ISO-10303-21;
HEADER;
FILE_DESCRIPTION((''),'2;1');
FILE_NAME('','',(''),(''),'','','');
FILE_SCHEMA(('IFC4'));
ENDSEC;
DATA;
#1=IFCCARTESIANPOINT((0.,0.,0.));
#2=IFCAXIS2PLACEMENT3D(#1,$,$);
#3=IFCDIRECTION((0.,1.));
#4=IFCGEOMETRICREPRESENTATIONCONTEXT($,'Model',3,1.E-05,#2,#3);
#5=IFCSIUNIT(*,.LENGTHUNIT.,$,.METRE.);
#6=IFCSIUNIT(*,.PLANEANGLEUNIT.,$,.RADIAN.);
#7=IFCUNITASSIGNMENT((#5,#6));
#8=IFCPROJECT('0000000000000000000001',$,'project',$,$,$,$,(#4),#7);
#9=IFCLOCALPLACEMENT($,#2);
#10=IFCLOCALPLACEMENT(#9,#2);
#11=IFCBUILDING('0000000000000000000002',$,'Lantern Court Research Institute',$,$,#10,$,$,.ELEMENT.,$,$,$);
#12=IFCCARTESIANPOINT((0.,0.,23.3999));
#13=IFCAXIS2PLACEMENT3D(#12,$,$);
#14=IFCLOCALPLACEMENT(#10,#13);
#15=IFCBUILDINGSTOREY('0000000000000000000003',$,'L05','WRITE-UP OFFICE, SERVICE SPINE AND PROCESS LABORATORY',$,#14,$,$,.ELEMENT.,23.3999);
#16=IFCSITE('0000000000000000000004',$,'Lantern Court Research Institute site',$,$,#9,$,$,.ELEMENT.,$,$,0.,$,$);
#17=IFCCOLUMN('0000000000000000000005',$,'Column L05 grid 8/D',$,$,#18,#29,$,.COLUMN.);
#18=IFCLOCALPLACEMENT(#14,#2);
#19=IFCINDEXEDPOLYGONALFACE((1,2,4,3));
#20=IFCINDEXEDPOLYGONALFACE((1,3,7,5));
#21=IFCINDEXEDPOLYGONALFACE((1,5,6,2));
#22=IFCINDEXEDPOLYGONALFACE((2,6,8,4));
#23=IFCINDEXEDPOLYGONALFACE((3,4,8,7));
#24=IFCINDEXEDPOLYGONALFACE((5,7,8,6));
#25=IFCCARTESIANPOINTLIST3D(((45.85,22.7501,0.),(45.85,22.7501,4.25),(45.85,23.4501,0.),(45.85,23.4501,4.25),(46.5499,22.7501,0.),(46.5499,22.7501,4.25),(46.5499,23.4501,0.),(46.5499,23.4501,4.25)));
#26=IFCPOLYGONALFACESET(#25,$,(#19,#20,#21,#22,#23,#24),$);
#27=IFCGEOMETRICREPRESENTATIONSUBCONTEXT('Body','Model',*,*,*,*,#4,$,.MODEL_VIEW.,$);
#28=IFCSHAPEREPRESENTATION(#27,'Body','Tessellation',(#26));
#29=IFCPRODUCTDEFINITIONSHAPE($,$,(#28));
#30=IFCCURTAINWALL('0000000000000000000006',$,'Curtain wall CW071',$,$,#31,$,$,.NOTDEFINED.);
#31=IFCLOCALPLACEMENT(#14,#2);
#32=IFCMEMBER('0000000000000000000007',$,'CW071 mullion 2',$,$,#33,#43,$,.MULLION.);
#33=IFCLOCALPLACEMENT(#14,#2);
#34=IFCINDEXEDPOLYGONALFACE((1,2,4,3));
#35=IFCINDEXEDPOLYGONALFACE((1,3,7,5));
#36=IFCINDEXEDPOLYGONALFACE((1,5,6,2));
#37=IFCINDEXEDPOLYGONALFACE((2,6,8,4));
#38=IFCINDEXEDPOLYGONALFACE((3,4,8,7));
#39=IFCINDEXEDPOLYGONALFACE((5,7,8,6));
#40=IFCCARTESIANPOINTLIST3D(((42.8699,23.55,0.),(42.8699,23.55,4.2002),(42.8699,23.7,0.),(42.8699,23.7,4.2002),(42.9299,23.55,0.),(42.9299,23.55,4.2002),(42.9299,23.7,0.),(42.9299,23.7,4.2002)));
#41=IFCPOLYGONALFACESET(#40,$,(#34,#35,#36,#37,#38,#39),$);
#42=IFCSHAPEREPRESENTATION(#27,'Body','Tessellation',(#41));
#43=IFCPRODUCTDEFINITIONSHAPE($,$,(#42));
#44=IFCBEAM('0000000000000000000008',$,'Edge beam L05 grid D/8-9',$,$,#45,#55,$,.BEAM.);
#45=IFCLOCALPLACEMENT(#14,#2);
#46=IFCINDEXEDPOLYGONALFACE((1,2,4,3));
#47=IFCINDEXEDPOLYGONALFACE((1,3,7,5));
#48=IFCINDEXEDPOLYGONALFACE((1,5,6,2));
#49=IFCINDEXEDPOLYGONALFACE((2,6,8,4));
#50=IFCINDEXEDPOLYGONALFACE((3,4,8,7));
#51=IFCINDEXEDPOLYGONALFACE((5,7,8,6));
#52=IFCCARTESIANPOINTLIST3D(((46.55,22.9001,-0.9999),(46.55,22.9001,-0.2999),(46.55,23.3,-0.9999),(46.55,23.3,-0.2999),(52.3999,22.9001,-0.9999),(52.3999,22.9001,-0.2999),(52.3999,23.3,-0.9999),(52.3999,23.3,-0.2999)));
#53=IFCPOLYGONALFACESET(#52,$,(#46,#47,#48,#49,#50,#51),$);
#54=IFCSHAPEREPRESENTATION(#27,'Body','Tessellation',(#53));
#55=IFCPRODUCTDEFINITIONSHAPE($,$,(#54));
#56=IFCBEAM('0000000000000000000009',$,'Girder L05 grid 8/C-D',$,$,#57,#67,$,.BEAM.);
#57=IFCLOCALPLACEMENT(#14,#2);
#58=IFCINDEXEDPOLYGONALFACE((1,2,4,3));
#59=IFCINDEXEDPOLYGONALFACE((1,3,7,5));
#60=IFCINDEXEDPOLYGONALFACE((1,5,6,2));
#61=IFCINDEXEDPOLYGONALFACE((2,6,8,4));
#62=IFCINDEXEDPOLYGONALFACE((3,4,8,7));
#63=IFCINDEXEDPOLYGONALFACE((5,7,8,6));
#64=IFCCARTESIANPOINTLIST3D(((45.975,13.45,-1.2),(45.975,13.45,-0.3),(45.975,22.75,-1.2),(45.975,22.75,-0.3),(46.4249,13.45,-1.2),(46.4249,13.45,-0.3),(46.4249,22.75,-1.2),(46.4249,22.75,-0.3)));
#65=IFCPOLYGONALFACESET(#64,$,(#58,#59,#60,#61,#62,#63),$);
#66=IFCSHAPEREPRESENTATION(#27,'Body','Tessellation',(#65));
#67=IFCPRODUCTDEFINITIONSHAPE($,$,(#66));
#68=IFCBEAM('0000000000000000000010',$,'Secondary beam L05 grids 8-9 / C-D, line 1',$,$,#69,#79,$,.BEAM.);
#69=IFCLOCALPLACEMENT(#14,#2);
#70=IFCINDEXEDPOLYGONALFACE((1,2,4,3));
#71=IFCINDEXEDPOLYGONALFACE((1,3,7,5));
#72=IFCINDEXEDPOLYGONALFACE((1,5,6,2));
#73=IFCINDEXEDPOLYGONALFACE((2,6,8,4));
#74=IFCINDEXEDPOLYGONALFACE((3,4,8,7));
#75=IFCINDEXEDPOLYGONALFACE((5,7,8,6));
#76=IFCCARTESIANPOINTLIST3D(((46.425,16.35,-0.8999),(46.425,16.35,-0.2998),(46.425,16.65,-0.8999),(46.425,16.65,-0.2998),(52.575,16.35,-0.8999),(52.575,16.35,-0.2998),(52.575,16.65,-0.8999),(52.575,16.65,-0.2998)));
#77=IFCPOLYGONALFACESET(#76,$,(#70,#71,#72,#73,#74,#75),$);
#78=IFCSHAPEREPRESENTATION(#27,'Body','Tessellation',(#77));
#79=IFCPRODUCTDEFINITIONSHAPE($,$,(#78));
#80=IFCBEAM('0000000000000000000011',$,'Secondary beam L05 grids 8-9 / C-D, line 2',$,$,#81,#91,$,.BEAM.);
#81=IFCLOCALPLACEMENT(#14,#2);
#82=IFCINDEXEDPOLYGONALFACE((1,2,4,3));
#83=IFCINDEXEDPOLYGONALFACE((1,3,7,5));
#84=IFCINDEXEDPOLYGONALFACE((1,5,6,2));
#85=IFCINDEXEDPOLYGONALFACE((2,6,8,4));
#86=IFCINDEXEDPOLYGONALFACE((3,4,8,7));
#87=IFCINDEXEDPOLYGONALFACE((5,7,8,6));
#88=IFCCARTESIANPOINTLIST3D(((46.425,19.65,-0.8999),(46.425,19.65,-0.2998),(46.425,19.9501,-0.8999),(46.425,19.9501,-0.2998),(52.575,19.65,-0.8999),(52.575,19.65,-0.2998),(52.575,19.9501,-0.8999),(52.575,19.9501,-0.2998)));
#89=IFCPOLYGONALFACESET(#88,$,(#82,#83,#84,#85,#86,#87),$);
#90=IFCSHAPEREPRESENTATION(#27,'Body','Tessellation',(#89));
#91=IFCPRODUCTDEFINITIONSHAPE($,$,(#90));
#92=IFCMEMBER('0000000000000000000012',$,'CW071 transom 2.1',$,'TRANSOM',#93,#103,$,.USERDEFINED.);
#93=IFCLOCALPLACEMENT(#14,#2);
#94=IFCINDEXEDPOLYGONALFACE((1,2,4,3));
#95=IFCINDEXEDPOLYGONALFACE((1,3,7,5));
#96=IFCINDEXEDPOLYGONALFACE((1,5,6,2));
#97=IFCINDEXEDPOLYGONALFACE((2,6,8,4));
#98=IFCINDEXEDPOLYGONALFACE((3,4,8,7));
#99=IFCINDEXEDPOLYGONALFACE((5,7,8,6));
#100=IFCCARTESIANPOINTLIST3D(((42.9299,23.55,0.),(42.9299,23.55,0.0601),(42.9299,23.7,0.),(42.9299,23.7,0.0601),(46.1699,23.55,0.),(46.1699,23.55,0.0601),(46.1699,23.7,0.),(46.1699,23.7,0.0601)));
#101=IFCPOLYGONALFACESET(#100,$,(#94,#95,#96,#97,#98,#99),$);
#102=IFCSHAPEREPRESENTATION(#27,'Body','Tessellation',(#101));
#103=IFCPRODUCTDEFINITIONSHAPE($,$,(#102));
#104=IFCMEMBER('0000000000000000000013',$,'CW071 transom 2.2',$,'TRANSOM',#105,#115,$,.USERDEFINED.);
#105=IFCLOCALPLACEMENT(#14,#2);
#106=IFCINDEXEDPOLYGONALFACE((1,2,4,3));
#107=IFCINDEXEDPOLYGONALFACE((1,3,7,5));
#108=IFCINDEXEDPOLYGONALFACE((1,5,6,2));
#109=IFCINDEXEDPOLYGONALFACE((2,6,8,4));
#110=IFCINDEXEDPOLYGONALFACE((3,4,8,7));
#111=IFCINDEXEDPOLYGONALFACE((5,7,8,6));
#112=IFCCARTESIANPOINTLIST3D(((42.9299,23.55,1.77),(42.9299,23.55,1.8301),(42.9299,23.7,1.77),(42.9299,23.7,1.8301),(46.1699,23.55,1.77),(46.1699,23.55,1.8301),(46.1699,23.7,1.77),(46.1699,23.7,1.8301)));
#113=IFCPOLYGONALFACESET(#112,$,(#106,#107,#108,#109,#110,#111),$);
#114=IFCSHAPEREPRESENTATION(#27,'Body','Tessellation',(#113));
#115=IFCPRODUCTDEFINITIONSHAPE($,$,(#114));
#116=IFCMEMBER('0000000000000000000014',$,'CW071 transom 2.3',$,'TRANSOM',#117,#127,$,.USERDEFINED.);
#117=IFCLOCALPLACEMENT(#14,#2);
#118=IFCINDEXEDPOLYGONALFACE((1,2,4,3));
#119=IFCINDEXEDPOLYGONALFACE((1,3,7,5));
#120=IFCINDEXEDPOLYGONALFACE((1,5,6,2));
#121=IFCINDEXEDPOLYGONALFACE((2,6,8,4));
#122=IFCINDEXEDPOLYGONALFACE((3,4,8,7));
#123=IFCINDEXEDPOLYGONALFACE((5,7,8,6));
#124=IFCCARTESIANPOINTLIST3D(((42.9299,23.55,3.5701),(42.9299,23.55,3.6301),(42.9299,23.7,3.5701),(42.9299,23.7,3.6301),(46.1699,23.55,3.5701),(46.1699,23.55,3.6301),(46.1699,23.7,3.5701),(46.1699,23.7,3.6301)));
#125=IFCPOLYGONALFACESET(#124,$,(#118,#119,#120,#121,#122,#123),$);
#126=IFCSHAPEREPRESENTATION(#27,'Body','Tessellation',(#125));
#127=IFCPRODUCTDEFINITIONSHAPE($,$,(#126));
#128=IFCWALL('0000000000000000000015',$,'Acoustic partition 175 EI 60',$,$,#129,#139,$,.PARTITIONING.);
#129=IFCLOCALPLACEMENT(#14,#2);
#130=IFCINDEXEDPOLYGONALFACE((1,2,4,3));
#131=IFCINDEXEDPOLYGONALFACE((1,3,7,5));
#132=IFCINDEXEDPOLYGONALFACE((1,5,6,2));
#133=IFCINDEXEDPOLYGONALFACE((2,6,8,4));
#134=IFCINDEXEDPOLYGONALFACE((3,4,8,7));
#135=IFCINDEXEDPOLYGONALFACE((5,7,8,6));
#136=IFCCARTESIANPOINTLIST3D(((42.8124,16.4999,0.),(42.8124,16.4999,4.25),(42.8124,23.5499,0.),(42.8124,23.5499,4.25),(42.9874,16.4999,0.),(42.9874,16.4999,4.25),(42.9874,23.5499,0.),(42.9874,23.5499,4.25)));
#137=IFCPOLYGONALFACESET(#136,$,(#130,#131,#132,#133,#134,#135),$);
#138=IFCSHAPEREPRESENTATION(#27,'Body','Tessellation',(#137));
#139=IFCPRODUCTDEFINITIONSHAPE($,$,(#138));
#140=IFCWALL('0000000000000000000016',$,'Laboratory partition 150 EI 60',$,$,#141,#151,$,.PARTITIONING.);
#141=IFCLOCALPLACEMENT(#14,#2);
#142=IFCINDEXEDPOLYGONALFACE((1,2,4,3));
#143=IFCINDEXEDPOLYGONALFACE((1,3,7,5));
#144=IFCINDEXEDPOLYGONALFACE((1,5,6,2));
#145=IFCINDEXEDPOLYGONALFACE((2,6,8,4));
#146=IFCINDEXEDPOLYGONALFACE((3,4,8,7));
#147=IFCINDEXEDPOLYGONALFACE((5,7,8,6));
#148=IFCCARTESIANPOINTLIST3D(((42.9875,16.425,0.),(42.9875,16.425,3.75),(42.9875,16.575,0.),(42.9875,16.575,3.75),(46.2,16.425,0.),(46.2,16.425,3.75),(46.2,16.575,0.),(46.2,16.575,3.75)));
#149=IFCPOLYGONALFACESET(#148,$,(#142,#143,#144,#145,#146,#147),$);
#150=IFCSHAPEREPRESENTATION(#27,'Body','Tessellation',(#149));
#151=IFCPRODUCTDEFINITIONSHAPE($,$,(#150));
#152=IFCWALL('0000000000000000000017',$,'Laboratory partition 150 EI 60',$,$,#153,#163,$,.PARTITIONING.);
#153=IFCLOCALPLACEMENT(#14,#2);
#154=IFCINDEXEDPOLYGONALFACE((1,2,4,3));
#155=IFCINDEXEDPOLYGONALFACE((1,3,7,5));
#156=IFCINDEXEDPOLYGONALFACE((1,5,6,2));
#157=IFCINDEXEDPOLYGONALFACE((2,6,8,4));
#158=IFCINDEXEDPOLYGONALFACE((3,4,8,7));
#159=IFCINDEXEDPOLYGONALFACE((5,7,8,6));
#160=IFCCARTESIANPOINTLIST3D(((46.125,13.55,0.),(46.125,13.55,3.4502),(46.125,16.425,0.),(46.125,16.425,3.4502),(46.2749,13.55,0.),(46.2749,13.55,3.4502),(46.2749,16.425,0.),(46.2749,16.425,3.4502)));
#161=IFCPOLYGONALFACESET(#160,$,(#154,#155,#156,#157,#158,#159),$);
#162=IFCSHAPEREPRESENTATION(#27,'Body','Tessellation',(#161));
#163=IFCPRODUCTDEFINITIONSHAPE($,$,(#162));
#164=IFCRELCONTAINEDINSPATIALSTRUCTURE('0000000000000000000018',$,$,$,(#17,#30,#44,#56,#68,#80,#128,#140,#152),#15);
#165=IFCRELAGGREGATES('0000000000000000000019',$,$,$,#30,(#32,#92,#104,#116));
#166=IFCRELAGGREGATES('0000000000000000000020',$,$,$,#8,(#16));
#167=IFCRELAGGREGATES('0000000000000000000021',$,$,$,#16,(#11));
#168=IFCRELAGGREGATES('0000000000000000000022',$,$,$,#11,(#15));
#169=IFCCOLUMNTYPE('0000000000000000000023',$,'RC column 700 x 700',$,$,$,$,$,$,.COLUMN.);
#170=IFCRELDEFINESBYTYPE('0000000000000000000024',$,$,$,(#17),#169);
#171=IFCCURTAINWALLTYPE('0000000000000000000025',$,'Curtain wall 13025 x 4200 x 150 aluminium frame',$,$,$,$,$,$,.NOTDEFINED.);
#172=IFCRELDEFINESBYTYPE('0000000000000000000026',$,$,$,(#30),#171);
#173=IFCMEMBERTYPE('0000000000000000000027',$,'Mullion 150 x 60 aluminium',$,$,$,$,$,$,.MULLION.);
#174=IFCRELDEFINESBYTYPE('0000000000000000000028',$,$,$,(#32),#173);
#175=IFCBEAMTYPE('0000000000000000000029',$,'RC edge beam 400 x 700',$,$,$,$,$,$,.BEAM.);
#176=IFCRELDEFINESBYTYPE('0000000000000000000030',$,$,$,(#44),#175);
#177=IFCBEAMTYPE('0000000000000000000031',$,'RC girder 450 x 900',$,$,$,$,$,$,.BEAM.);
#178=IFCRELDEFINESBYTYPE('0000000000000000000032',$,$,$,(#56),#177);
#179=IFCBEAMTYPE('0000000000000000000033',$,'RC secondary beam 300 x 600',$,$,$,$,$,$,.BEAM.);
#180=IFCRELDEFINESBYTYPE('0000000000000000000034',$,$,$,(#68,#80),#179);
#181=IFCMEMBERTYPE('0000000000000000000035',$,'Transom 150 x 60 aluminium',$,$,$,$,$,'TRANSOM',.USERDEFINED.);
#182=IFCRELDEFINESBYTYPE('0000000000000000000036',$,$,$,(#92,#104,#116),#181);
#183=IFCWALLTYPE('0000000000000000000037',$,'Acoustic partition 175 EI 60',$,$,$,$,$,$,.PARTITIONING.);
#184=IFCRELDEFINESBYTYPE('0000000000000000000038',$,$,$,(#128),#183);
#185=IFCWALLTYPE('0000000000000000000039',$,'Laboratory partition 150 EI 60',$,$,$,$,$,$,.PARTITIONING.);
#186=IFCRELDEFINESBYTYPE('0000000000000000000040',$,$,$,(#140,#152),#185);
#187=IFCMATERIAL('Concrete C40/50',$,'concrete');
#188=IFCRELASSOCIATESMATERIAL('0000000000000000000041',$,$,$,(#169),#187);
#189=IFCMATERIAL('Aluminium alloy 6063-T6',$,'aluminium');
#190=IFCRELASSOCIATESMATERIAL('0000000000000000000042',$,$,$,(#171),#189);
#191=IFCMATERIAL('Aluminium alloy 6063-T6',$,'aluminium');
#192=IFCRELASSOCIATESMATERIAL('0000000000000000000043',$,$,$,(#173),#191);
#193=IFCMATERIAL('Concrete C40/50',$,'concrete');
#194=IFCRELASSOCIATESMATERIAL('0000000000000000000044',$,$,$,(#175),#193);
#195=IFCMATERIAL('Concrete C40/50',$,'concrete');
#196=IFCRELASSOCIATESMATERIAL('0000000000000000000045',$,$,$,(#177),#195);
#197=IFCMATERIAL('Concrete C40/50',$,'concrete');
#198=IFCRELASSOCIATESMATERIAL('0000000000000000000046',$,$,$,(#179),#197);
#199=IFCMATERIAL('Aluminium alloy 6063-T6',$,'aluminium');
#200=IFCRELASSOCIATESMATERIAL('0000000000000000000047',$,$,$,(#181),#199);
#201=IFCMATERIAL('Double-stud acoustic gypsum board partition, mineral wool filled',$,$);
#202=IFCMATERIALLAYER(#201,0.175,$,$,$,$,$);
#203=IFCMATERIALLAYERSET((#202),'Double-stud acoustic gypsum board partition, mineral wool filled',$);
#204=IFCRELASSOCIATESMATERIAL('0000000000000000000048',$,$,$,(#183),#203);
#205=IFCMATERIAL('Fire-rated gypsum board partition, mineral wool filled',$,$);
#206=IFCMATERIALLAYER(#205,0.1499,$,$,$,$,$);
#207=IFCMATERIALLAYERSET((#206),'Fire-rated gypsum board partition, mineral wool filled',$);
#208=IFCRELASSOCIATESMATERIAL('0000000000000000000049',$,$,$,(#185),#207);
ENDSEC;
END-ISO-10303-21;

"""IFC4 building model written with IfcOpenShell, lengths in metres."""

from ifc_helpers import new_model, si_unit, direction, frame, frame_2d, origin, origin_2d, place, context, subcontext, project, spatial, rectangle, extrude, material, layer, layer_set, material_profile, profile_set, type_object, element, aggregate, save


model = new_model("IFC4")

# Units and contexts
model_context = context("Model", 3, precision=1e-05, world=origin(), true_north=direction((0.0, 1.0)))
body_context = subcontext(model_context, "Body", "Model", "MODEL_VIEW")
ifc_project = project(units=[si_unit("LENGTHUNIT", "METRE"), si_unit("PLANEANGLEUNIT", "RADIAN")], contexts=[model_context])

# Site, building, storey
site_placement = place(None, origin())
site = spatial("IfcSite", under=ifc_project, at=site_placement, Name="Lantern Court Research Institute site", CompositionType="ELEMENT", RefElevation=0.0)
building_placement = place(site_placement, origin())
building = spatial("IfcBuilding", under=site, at=building_placement, Name="Lantern Court Research Institute", CompositionType="ELEMENT")
storey_placement = place(building_placement, frame((0.0, 0.0, 23.3999)))
storey = spatial("IfcBuildingStorey", under=building, at=storey_placement, Name="L05", Description="WRITE-UP OFFICE, SERVICE SPINE AND PROCESS LABORATORY", CompositionType="ELEMENT", Elevation=23.3999)

# Column
ifc_material_1 = material(Name="Concrete C40/50", Category="concrete")
ifc_material_profile_1 = material_profile(ifc_material_1, rectangle(XDim=0.7, YDim=0.7, at=origin_2d()), Name="RC column 700 x 700")
ifc_profile_set_1 = profile_set([ifc_material_profile_1], Name="Concrete C40/50")
column_type = type_object("IfcColumnType", Name="RC column 700 x 700", PredefinedType="COLUMN", material=ifc_profile_set_1)
column_placement = place(storey_placement, frame((46.2, 23.1001, 0.0), z_axis=(0.0, 0.0, 1.0), x_axis=(1.0, 0.0, 0.0)))
element("IfcColumn", 1, at=column_placement, inside=storey, type_object=column_type, Name="Column L05 grid 8/D", PredefinedType="COLUMN", context=body_context, shape_type="SweptSolid", body=[
    extrude(rectangle(XDim=0.7, YDim=0.7, at=origin_2d()), origin(), (0.0, 0.0, 1.0), 4.25),
])

# Curtain wall, member
ifc_material_2 = material(Name="Aluminium alloy 6063-T6", Category="aluminium")
curtain_wall_type = type_object("IfcCurtainWallType", Name="Curtain wall 13025 x 4200 x 150 aluminium frame", PredefinedType="NOTDEFINED", material=ifc_material_2)
curtain_wall_placement = place(storey_placement, origin())
curtain_wall = element("IfcCurtainWall", 2, at=curtain_wall_placement, inside=storey, type_object=curtain_wall_type, Name="Curtain wall CW071", PredefinedType="NOTDEFINED")
ifc_material_3 = material(Name="Aluminium alloy 6063-T6", Category="aluminium")
ifc_material_profile_2 = material_profile(ifc_material_3, rectangle(XDim=0.1499, YDim=0.0601, at=origin_2d()), Name="Mullion 150 x 60")
ifc_profile_set_2 = profile_set([ifc_material_profile_2], Name="Aluminium alloy 6063-T6")
member_type_1 = type_object("IfcMemberType", Name="Mullion 150 x 60 aluminium", PredefinedType="MULLION", material=ifc_profile_set_2)
member_1_placement = place(storey_placement, frame((42.8999, 23.625, 0.0), z_axis=(0.0, 0.0, 1.0), x_axis=(0.0, 1.0, 0.0)))
member_1 = element("IfcMember", 3, at=member_1_placement, type_object=member_type_1, Name="CW071 mullion 2", PredefinedType="MULLION", context=body_context, shape_type="SweptSolid", body=[
    extrude(rectangle(XDim=0.1499, YDim=0.0601, at=origin_2d()), origin(), (0.0, 0.0, 1.0), 4.2002),
])

# Beams
ifc_material_4 = material(Name="Concrete C40/50", Category="concrete")
ifc_material_profile_3 = material_profile(ifc_material_4, rectangle(XDim=0.3999, YDim=0.7, at=origin_2d()), Name="RC beam 400 x 700")
ifc_profile_set_3 = profile_set([ifc_material_profile_3], Name="Concrete C40/50")
beam_type_1 = type_object("IfcBeamType", Name="RC edge beam 400 x 700", PredefinedType="BEAM", material=ifc_profile_set_3)
beam_1_placement = place(storey_placement, frame((46.55, 23.1001, -0.6499), z_axis=(1.0, 0.0, 0.0), x_axis=(0.0, 1.0, 0.0)))
element("IfcBeam", 4, at=beam_1_placement, inside=storey, type_object=beam_type_1, Name="Edge beam L05 grid D/8-9", PredefinedType="BEAM", context=body_context, shape_type="SweptSolid", body=[
    extrude(rectangle(XDim=0.3999, YDim=0.7, at=origin_2d()), origin(), (0.0, 0.0, 1.0), 5.8499),
])
ifc_material_5 = material(Name="Concrete C40/50", Category="concrete")
ifc_material_profile_4 = material_profile(ifc_material_5, rectangle(XDim=0.45, YDim=0.8999, at=origin_2d()), Name="RC beam 450 x 900")
ifc_profile_set_4 = profile_set([ifc_material_profile_4], Name="Concrete C40/50")
beam_type_2 = type_object("IfcBeamType", Name="RC girder 450 x 900", PredefinedType="BEAM", material=ifc_profile_set_4)
beam_2_placement = place(storey_placement, frame((46.2, 13.45, -0.75), z_axis=(0.0, 1.0, 0.0), x_axis=(-1.0, 0.0, 0.0)))
element("IfcBeam", 5, at=beam_2_placement, inside=storey, type_object=beam_type_2, Name="Girder L05 grid 8/C-D", PredefinedType="BEAM", context=body_context, shape_type="SweptSolid", body=[
    extrude(rectangle(XDim=0.45, YDim=0.8999, at=origin_2d()), origin(), (0.0, 0.0, 1.0), 9.3),
])
ifc_material_6 = material(Name="Concrete C40/50", Category="concrete")
ifc_material_profile_5 = material_profile(ifc_material_6, rectangle(XDim=0.3, YDim=0.6001, at=origin_2d()), Name="RC beam 300 x 600")
ifc_profile_set_5 = profile_set([ifc_material_profile_5], Name="Concrete C40/50")
beam_type_3 = type_object("IfcBeamType", Name="RC secondary beam 300 x 600", PredefinedType="BEAM", material=ifc_profile_set_5)
for number, where, z_axis, x_axis, name in (
    (6, (46.425, 16.5, -0.5999), (1.0, 0.0, 0.0), (0.0, 1.0, 0.0), "Secondary beam L05 grids 8-9 / C-D, line 1"),
    (7, (46.425, 19.8, -0.5999), (1.0, 0.0, 0.0), (0.0, 1.0, 0.0), "Secondary beam L05 grids 8-9 / C-D, line 2"),
):
    element("IfcBeam", number, at=place(storey_placement, frame(where, z_axis=z_axis, x_axis=x_axis)), inside=storey, type_object=beam_type_3, Name=name, PredefinedType="BEAM", context=body_context, shape_type="SweptSolid", body=[
        extrude(rectangle(XDim=0.3, YDim=0.6001, at=origin_2d()), origin(), (0.0, 0.0, 1.0), 6.1499),
    ])

# Members
ifc_material_7 = material(Name="Aluminium alloy 6063-T6", Category="aluminium")
ifc_material_profile_6 = material_profile(ifc_material_7, rectangle(XDim=0.1499, YDim=0.0601, at=origin_2d()), Name="Transom 150 x 60")
ifc_profile_set_6 = profile_set([ifc_material_profile_6], Name="Aluminium alloy 6063-T6")
member_type_2 = type_object("IfcMemberType", Name="Transom 150 x 60 aluminium", ElementType="TRANSOM", PredefinedType="USERDEFINED", material=ifc_profile_set_6)
member_2_placement = place(storey_placement, frame((42.9299, 23.625, 0.03), z_axis=(1.0, 0.0, 0.0), x_axis=(0.0, 1.0, 0.0)))
member_2 = element("IfcMember", 8, at=member_2_placement, type_object=member_type_2, Name="CW071 transom 2.1", ObjectType="TRANSOM", PredefinedType="USERDEFINED", context=body_context, shape_type="SweptSolid", body=[
    extrude(rectangle(XDim=0.1499, YDim=0.0601, at=origin_2d()), origin(), (0.0, 0.0, 1.0), 3.24),
])
member_3_placement = place(storey_placement, frame((42.9299, 23.625, 1.8), z_axis=(1.0, 0.0, 0.0), x_axis=(0.0, 1.0, 0.0)))
member_3 = element("IfcMember", 9, at=member_3_placement, type_object=member_type_2, Name="CW071 transom 2.2", ObjectType="TRANSOM", PredefinedType="USERDEFINED", context=body_context, shape_type="SweptSolid", body=[
    extrude(rectangle(XDim=0.1499, YDim=0.0601, at=origin_2d()), origin(), (0.0, 0.0, 1.0), 3.24),
])
member_4_placement = place(storey_placement, frame((42.9299, 23.625, 3.6001), z_axis=(1.0, 0.0, 0.0), x_axis=(0.0, 1.0, 0.0)))
member_4 = element("IfcMember", 10, at=member_4_placement, type_object=member_type_2, Name="CW071 transom 2.3", ObjectType="TRANSOM", PredefinedType="USERDEFINED", context=body_context, shape_type="SweptSolid", body=[
    extrude(rectangle(XDim=0.1499, YDim=0.0601, at=origin_2d()), origin(), (0.0, 0.0, 1.0), 3.24),
])
aggregate(curtain_wall, [member_1, member_2, member_3, member_4])

# Walls
ifc_material_8 = material(Name="Double-stud acoustic gypsum board partition, mineral wool filled")
ifc_layer_1 = layer(ifc_material_8, 0.175)
ifc_layer_set_1 = layer_set([ifc_layer_1], Name="Double-stud acoustic gypsum board partition, mineral wool filled")
wall_type_1 = type_object("IfcWallType", Name="Acoustic partition 175 EI 60", PredefinedType="PARTITIONING", material=ifc_layer_set_1)
wall_1_placement = place(storey_placement, frame((42.8999, 16.5, 0.0), z_axis=(0.0, 0.0, 1.0), x_axis=(0.0, 1.0, 0.0)))
element("IfcWall", 11, at=wall_1_placement, inside=storey, type_object=wall_type_1, Name="Acoustic partition 175 EI 60", PredefinedType="PARTITIONING", context=body_context, shape_type="SweptSolid", body=[
    extrude(rectangle(XDim=7.05, YDim=0.175, at=frame_2d((3.5249, 0.0))), origin(), (0.0, 0.0, 1.0), 4.25),
])
ifc_material_9 = material(Name="Fire-rated gypsum board partition, mineral wool filled")
ifc_layer_2 = layer(ifc_material_9, 0.1499)
ifc_layer_set_2 = layer_set([ifc_layer_2], Name="Fire-rated gypsum board partition, mineral wool filled")
wall_type_2 = type_object("IfcWallType", Name="Laboratory partition 150 EI 60", PredefinedType="PARTITIONING", material=ifc_layer_set_2)
wall_2_placement = place(storey_placement, frame((46.2, 16.5, 0.0), z_axis=(0.0, 0.0, 1.0), x_axis=(-1.0, 0.0, 0.0)))
element("IfcWall", 12, at=wall_2_placement, inside=storey, type_object=wall_type_2, Name="Laboratory partition 150 EI 60", PredefinedType="PARTITIONING", context=body_context, shape_type="SweptSolid", body=[
    extrude(rectangle(XDim=3.2124, YDim=0.1499, at=frame_2d((1.6062, 0.0))), origin(), (0.0, 0.0, 1.0), 3.75),
])
wall_3_placement = place(storey_placement, frame((46.2, 13.55, 0.0), z_axis=(0.0, 0.0, 1.0), x_axis=(0.0, 1.0, 0.0)))
element("IfcWall", 13, at=wall_3_placement, inside=storey, type_object=wall_type_2, Name="Laboratory partition 150 EI 60", PredefinedType="PARTITIONING", context=body_context, shape_type="SweptSolid", body=[
    extrude(rectangle(XDim=2.875, YDim=0.1499, at=frame_2d((1.4375, 0.0))), origin(), (0.0, 0.0, 1.0), 3.4502),
])

save(model, "model.ifc")
